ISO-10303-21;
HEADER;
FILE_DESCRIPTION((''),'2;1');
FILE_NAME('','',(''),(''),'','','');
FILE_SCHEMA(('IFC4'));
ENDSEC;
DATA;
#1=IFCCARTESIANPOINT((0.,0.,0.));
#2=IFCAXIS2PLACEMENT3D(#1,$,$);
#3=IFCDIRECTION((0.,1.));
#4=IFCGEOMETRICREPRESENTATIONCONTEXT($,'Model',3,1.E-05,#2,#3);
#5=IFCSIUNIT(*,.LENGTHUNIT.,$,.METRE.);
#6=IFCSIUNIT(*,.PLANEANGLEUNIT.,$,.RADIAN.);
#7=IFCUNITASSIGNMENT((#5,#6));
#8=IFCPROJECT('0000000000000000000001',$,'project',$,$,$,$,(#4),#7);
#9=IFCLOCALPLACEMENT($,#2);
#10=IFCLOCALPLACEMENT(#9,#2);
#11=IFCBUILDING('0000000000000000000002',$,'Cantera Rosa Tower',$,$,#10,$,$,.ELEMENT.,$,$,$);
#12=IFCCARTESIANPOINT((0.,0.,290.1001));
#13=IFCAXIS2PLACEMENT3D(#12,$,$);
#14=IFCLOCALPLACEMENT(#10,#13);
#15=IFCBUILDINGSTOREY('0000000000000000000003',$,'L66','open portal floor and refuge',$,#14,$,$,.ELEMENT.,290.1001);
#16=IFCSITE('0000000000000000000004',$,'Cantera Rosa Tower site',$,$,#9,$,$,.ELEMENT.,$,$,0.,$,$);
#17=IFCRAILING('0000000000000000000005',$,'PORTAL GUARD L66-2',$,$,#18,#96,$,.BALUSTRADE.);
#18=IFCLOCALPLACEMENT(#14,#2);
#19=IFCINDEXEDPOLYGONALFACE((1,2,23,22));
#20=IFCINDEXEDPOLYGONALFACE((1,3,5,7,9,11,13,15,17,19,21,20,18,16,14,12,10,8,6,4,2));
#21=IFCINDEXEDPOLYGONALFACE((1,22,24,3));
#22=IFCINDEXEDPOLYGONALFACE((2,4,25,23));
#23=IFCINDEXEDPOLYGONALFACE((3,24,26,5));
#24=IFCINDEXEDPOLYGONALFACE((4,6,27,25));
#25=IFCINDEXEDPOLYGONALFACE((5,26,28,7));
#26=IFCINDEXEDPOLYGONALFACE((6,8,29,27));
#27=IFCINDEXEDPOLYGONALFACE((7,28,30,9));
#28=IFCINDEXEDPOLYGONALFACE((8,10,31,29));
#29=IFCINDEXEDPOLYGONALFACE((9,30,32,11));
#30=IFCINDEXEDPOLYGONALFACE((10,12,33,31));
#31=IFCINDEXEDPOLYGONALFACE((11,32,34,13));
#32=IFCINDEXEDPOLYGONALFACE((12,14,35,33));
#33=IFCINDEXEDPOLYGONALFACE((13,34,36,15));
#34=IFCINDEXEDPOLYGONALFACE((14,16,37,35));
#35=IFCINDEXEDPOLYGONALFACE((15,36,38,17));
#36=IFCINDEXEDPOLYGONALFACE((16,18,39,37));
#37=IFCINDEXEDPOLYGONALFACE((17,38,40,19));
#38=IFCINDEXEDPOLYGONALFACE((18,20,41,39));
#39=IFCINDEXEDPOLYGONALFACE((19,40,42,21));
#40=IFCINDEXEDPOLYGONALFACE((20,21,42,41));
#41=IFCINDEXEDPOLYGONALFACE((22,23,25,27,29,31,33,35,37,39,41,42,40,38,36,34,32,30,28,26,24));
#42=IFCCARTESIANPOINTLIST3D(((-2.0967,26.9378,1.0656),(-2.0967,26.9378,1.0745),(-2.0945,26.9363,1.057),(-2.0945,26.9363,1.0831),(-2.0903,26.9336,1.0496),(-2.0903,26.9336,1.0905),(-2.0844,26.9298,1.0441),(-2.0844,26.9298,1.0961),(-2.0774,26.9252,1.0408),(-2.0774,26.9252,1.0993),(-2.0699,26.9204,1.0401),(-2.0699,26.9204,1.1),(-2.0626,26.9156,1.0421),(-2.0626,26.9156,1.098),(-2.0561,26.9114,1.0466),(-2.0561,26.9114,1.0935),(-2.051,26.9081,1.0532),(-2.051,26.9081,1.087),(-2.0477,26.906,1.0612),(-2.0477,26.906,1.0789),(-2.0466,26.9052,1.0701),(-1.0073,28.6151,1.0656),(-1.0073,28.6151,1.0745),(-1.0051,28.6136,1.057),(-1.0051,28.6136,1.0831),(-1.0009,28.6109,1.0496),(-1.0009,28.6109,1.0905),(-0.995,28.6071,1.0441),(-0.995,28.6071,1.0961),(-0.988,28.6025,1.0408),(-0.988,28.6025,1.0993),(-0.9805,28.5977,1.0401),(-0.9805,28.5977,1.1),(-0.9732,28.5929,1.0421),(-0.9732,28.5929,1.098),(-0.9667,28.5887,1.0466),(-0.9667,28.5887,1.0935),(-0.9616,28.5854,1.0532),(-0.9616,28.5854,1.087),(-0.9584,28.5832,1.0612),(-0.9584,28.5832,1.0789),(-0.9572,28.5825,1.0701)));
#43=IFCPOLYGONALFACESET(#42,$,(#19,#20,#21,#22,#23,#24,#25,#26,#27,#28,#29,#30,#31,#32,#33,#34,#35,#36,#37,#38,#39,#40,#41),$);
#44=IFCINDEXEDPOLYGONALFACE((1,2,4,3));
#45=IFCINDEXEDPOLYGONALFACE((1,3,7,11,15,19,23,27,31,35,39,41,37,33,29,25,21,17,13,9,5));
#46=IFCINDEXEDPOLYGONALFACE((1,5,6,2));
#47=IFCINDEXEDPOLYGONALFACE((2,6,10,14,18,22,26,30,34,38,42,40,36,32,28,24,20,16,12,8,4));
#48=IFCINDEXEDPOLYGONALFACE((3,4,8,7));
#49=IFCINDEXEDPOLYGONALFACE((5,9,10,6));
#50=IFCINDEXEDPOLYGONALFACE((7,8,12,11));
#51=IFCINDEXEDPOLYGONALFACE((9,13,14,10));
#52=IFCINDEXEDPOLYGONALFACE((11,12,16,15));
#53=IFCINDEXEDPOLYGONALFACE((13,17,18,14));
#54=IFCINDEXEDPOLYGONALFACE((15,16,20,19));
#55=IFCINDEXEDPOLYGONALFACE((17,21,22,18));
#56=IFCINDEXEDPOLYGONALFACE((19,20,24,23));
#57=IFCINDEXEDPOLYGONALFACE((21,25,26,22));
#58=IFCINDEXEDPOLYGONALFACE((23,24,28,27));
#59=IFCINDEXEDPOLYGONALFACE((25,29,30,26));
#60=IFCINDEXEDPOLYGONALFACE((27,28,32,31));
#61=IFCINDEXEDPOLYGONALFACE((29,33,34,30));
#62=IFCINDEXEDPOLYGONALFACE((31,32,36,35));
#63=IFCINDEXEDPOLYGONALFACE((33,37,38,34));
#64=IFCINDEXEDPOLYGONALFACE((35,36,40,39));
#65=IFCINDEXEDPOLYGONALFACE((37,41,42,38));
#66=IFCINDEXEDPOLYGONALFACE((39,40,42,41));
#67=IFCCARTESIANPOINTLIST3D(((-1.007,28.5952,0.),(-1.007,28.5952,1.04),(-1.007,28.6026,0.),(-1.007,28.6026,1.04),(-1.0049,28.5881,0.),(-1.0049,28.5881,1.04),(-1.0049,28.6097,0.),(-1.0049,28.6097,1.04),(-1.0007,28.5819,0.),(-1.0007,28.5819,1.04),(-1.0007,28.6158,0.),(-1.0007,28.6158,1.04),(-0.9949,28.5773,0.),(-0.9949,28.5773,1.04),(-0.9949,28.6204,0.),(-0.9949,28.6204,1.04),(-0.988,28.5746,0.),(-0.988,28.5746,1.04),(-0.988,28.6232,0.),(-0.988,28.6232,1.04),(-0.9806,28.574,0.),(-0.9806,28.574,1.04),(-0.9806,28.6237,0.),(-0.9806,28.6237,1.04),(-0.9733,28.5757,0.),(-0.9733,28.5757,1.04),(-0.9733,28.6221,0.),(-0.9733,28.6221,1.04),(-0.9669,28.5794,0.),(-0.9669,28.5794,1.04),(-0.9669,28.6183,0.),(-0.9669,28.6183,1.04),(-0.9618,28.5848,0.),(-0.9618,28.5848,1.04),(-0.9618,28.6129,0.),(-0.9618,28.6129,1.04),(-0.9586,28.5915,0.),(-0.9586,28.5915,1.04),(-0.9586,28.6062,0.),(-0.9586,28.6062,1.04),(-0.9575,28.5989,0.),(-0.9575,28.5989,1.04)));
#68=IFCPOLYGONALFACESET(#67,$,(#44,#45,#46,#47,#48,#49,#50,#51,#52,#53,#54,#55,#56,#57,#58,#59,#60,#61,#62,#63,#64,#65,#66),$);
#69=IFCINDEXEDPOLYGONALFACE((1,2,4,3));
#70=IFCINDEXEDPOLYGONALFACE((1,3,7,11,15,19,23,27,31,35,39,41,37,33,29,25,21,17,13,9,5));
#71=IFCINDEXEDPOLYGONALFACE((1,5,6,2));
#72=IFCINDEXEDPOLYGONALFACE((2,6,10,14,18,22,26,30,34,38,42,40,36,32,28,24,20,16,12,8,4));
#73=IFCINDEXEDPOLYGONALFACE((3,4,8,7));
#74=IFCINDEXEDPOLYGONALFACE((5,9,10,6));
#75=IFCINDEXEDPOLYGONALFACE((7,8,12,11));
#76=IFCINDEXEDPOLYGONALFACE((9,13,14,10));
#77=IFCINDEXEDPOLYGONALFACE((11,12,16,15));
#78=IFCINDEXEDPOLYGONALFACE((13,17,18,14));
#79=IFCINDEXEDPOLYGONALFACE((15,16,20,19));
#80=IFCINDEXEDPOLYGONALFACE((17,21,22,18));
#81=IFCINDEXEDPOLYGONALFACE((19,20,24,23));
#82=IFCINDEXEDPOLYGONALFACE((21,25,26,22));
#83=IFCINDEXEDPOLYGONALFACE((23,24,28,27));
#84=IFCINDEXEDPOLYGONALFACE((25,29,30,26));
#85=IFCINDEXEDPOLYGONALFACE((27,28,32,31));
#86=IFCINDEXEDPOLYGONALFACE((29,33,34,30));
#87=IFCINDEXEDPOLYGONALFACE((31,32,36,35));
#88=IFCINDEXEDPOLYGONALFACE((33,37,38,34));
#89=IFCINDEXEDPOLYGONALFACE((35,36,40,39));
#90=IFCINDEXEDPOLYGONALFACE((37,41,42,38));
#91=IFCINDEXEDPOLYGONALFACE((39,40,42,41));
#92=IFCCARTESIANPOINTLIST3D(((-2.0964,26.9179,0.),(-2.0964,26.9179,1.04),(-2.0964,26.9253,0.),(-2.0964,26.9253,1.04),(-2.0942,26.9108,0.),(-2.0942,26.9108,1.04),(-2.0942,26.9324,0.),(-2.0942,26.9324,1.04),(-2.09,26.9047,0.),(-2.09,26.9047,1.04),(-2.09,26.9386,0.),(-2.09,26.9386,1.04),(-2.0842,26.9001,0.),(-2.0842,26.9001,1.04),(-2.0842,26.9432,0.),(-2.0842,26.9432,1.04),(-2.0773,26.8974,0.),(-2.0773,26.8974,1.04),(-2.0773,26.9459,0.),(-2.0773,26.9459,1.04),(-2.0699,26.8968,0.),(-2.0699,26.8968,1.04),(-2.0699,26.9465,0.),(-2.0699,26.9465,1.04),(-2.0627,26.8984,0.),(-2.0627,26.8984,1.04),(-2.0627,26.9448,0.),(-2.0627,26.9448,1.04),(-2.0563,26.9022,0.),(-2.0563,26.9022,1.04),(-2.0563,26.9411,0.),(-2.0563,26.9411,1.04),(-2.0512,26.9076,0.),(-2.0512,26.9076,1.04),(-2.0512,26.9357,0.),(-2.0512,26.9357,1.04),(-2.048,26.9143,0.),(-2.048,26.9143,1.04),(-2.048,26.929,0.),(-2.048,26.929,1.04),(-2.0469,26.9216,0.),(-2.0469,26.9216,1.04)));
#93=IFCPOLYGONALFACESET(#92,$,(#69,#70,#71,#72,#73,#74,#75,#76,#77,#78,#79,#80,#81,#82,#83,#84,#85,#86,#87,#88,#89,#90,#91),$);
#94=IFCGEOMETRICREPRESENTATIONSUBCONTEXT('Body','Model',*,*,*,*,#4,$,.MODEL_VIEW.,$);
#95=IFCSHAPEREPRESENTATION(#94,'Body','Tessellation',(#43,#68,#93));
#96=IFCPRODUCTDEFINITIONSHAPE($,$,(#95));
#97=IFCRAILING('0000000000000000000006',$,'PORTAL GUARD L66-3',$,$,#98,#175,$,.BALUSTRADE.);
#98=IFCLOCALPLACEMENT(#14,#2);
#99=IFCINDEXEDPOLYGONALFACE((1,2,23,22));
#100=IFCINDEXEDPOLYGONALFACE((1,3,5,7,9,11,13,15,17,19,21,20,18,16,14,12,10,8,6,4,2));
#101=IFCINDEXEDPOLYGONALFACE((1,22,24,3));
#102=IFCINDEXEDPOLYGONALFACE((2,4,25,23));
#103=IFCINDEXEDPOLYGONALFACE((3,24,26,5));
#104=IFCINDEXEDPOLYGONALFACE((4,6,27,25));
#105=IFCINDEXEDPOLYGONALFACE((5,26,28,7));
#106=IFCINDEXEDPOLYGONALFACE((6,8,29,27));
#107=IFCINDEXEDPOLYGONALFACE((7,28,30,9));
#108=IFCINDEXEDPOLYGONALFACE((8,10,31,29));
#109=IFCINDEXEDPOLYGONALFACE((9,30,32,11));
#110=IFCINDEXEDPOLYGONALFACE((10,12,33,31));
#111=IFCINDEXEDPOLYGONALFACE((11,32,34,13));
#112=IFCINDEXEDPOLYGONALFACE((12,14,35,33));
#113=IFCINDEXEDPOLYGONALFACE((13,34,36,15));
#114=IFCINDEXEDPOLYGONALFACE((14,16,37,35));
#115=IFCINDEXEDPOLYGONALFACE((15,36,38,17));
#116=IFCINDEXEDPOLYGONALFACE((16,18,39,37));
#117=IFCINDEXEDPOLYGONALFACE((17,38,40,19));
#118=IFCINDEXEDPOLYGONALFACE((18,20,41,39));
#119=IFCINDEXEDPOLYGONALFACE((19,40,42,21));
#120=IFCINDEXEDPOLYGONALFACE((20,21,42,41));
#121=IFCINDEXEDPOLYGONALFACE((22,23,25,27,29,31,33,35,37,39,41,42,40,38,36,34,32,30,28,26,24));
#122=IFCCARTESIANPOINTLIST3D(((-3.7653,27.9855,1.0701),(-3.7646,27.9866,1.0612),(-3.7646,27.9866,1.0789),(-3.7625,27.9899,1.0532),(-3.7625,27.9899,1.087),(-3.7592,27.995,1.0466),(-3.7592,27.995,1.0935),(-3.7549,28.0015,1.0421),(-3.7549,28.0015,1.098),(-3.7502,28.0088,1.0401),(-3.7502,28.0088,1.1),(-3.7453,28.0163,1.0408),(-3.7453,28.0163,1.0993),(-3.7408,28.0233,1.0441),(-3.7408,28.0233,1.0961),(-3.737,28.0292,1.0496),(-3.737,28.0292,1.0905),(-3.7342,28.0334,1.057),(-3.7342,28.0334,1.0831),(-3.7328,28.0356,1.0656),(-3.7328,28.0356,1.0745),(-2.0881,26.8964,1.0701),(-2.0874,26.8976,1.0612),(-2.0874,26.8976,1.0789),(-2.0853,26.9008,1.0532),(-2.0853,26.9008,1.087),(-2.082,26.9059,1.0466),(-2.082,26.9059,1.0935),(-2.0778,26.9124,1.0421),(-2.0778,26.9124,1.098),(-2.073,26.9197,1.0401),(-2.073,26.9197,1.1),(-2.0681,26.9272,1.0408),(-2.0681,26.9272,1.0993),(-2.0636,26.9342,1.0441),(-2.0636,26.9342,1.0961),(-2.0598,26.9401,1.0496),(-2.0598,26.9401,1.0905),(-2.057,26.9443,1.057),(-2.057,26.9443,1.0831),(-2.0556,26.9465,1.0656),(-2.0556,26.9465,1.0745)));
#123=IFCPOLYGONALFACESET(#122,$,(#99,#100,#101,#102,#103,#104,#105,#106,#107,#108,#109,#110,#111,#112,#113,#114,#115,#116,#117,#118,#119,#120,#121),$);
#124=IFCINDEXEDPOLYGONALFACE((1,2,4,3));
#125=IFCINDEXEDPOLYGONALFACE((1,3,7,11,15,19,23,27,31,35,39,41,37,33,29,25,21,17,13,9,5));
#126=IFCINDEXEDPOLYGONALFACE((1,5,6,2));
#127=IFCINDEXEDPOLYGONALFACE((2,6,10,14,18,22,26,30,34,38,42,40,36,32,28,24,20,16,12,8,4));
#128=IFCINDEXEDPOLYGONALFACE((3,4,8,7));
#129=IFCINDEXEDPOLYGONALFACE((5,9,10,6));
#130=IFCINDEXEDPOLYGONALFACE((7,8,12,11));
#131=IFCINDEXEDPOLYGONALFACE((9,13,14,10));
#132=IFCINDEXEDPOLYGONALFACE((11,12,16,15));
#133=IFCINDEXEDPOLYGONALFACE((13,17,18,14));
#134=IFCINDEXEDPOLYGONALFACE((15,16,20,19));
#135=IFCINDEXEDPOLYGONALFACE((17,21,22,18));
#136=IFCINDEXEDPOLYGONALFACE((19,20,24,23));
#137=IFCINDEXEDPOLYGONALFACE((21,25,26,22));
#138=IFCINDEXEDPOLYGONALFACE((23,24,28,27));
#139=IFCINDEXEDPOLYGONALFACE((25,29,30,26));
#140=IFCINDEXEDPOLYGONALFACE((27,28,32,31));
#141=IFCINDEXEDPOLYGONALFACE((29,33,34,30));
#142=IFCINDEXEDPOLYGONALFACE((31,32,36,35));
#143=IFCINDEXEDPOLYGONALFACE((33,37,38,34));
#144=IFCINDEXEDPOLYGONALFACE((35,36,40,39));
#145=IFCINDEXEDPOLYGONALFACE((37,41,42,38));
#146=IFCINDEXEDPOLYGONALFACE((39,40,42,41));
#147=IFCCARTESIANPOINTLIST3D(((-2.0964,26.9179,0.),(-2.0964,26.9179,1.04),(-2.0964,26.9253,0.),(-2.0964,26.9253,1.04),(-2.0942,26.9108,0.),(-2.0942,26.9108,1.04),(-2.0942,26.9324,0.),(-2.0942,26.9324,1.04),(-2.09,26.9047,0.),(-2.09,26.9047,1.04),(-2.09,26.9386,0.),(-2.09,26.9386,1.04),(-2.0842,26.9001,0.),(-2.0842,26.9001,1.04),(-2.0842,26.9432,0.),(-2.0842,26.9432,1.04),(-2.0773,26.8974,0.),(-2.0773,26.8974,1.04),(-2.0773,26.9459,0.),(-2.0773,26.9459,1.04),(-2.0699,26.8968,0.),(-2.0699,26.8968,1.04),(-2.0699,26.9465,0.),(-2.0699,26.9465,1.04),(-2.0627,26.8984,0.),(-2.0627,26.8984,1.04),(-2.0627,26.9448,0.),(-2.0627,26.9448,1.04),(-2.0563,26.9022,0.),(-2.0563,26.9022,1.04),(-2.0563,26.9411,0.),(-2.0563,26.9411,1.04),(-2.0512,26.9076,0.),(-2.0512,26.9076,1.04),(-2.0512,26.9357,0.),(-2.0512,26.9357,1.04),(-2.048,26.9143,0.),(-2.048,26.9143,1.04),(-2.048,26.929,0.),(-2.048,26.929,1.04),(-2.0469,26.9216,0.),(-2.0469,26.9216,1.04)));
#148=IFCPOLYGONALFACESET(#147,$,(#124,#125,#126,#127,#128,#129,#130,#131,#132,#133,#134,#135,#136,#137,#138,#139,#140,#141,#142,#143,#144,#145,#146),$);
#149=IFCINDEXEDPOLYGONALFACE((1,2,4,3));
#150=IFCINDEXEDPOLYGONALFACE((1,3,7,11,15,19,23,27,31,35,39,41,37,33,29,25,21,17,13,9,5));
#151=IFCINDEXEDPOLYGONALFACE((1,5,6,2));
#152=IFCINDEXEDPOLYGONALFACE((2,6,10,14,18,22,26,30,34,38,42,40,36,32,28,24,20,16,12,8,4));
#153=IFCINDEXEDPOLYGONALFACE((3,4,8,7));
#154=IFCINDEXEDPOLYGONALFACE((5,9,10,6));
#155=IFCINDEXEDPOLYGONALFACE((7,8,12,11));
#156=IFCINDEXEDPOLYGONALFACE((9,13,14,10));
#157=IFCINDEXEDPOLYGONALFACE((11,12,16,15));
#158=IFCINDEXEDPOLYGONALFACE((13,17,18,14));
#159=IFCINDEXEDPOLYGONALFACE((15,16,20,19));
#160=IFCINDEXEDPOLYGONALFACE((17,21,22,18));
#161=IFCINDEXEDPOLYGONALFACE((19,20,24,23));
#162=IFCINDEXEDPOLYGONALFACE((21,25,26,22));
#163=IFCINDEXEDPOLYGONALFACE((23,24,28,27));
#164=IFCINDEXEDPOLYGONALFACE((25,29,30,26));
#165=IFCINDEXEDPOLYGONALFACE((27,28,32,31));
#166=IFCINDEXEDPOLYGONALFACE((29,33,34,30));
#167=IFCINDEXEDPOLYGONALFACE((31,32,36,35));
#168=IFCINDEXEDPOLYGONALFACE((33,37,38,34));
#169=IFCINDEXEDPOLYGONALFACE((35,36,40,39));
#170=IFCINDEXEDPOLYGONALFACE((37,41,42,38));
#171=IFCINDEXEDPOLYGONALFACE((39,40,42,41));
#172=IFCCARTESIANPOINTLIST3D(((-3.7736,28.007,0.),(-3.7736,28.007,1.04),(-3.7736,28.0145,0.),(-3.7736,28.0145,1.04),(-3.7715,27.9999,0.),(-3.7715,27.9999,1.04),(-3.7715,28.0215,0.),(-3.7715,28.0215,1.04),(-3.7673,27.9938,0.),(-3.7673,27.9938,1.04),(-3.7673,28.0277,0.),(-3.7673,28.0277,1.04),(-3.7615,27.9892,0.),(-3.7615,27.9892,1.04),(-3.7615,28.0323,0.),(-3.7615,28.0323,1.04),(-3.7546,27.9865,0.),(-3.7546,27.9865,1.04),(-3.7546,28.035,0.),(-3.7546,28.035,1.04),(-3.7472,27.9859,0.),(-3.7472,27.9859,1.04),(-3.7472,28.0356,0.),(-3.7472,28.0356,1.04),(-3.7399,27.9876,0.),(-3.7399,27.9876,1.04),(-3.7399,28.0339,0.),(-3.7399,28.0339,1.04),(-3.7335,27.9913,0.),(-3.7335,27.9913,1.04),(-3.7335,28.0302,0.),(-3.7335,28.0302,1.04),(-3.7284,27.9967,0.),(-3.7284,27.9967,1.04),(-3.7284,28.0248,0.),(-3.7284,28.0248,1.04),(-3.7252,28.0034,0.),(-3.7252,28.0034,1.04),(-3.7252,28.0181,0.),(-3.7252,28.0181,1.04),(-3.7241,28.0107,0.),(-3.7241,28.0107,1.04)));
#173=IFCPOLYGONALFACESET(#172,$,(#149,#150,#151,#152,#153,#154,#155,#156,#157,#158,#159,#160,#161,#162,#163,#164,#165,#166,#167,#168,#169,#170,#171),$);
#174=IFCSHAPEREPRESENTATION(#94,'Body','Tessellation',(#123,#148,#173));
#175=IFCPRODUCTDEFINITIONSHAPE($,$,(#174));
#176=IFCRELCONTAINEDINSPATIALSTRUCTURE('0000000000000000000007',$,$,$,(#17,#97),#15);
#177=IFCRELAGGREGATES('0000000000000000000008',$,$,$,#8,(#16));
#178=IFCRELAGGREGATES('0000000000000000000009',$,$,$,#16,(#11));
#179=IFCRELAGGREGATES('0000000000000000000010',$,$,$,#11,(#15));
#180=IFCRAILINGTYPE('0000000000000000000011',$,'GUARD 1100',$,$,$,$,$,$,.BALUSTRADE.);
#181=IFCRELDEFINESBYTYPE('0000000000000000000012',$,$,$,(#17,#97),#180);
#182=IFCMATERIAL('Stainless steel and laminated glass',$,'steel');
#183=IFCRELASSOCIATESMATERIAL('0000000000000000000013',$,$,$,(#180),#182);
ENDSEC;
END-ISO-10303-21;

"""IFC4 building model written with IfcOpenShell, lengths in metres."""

from ifc_helpers import new_model, si_unit, direction, frame, origin, origin_2d, place, context, subcontext, project, spatial, circle, extrude, material, type_object, element, save


model = new_model("IFC4")

# Units and contexts
model_context = context("Model", 3, precision=1e-05, world=origin(), true_north=direction((0.0, 1.0)))
body_context = subcontext(model_context, "Body", "Model", "MODEL_VIEW")
ifc_project = project(units=[si_unit("LENGTHUNIT", "METRE"), si_unit("PLANEANGLEUNIT", "RADIAN")], contexts=[model_context])

# Site, building, storey
site_placement = place(None, origin())
site = spatial("IfcSite", under=ifc_project, at=site_placement, Name="Cantera Rosa Tower site", CompositionType="ELEMENT", RefElevation=0.0)
building_placement = place(site_placement, origin())
building = spatial("IfcBuilding", under=site, at=building_placement, Name="Cantera Rosa Tower", CompositionType="ELEMENT")
storey_placement = place(building_placement, frame((0.0, 0.0, 290.1001)))
storey = spatial("IfcBuildingStorey", under=building, at=storey_placement, Name="L66", Description="open portal floor and refuge", CompositionType="ELEMENT", Elevation=290.1001)

# Railings
ifc_material_1 = material(Name="Stainless steel and laminated glass", Category="steel")
railing_type_1 = type_object("IfcRailingType", Name="GUARD 1100", PredefinedType="BALUSTRADE", material=ifc_material_1)
railing_1_placement = place(storey_placement, frame((-0.9824, 28.5989, 0.0)))
element("IfcRailing", 1, at=railing_1_placement, inside=storey, type_object=railing_type_1, Name="PORTAL GUARD L66-2", PredefinedType="BALUSTRADE", context=body_context, shape_type="SweptSolid", body=[
    extrude(circle(Radius=0.03, at=origin_2d()), frame((0.0, 0.0, 1.0701), z_axis=(-0.544688, -0.838639, 0.0), x_axis=(0.838639, -0.544688, 0.0)), (0.0, 0.0, 1.0), 2.0),
    extrude(circle(Radius=0.0249, at=origin_2d()), origin(), (0.0, 0.0, 1.0), 1.04),
    extrude(circle(Radius=0.0249, at=origin_2d()), frame((-1.0894, -1.6772, 0.0)), (0.0, 0.0, 1.0), 1.04),
])
railing_2_placement = place(storey_placement, frame((-2.0718, 26.9216, 0.0)))
element("IfcRailing", 2, at=railing_2_placement, inside=storey, type_object=railing_type_1, Name="PORTAL GUARD L66-3", PredefinedType="BALUSTRADE", context=body_context, shape_type="SweptSolid", body=[
    extrude(circle(Radius=0.03, at=origin_2d()), frame((0.0, 0.0, 1.0701), z_axis=(-0.838695, 0.544602, 0.0), x_axis=(-0.544602, -0.838695, 0.0)), (0.0, 0.0, 1.0), 1.9998),
    extrude(circle(Radius=0.0249, at=origin_2d()), origin(), (0.0, 0.0, 1.0), 1.04),
    extrude(circle(Radius=0.0249, at=origin_2d()), frame((-1.6772, 1.0891, 0.0)), (0.0, 0.0, 1.0), 1.04),
])

save(model, "model.ifc")
